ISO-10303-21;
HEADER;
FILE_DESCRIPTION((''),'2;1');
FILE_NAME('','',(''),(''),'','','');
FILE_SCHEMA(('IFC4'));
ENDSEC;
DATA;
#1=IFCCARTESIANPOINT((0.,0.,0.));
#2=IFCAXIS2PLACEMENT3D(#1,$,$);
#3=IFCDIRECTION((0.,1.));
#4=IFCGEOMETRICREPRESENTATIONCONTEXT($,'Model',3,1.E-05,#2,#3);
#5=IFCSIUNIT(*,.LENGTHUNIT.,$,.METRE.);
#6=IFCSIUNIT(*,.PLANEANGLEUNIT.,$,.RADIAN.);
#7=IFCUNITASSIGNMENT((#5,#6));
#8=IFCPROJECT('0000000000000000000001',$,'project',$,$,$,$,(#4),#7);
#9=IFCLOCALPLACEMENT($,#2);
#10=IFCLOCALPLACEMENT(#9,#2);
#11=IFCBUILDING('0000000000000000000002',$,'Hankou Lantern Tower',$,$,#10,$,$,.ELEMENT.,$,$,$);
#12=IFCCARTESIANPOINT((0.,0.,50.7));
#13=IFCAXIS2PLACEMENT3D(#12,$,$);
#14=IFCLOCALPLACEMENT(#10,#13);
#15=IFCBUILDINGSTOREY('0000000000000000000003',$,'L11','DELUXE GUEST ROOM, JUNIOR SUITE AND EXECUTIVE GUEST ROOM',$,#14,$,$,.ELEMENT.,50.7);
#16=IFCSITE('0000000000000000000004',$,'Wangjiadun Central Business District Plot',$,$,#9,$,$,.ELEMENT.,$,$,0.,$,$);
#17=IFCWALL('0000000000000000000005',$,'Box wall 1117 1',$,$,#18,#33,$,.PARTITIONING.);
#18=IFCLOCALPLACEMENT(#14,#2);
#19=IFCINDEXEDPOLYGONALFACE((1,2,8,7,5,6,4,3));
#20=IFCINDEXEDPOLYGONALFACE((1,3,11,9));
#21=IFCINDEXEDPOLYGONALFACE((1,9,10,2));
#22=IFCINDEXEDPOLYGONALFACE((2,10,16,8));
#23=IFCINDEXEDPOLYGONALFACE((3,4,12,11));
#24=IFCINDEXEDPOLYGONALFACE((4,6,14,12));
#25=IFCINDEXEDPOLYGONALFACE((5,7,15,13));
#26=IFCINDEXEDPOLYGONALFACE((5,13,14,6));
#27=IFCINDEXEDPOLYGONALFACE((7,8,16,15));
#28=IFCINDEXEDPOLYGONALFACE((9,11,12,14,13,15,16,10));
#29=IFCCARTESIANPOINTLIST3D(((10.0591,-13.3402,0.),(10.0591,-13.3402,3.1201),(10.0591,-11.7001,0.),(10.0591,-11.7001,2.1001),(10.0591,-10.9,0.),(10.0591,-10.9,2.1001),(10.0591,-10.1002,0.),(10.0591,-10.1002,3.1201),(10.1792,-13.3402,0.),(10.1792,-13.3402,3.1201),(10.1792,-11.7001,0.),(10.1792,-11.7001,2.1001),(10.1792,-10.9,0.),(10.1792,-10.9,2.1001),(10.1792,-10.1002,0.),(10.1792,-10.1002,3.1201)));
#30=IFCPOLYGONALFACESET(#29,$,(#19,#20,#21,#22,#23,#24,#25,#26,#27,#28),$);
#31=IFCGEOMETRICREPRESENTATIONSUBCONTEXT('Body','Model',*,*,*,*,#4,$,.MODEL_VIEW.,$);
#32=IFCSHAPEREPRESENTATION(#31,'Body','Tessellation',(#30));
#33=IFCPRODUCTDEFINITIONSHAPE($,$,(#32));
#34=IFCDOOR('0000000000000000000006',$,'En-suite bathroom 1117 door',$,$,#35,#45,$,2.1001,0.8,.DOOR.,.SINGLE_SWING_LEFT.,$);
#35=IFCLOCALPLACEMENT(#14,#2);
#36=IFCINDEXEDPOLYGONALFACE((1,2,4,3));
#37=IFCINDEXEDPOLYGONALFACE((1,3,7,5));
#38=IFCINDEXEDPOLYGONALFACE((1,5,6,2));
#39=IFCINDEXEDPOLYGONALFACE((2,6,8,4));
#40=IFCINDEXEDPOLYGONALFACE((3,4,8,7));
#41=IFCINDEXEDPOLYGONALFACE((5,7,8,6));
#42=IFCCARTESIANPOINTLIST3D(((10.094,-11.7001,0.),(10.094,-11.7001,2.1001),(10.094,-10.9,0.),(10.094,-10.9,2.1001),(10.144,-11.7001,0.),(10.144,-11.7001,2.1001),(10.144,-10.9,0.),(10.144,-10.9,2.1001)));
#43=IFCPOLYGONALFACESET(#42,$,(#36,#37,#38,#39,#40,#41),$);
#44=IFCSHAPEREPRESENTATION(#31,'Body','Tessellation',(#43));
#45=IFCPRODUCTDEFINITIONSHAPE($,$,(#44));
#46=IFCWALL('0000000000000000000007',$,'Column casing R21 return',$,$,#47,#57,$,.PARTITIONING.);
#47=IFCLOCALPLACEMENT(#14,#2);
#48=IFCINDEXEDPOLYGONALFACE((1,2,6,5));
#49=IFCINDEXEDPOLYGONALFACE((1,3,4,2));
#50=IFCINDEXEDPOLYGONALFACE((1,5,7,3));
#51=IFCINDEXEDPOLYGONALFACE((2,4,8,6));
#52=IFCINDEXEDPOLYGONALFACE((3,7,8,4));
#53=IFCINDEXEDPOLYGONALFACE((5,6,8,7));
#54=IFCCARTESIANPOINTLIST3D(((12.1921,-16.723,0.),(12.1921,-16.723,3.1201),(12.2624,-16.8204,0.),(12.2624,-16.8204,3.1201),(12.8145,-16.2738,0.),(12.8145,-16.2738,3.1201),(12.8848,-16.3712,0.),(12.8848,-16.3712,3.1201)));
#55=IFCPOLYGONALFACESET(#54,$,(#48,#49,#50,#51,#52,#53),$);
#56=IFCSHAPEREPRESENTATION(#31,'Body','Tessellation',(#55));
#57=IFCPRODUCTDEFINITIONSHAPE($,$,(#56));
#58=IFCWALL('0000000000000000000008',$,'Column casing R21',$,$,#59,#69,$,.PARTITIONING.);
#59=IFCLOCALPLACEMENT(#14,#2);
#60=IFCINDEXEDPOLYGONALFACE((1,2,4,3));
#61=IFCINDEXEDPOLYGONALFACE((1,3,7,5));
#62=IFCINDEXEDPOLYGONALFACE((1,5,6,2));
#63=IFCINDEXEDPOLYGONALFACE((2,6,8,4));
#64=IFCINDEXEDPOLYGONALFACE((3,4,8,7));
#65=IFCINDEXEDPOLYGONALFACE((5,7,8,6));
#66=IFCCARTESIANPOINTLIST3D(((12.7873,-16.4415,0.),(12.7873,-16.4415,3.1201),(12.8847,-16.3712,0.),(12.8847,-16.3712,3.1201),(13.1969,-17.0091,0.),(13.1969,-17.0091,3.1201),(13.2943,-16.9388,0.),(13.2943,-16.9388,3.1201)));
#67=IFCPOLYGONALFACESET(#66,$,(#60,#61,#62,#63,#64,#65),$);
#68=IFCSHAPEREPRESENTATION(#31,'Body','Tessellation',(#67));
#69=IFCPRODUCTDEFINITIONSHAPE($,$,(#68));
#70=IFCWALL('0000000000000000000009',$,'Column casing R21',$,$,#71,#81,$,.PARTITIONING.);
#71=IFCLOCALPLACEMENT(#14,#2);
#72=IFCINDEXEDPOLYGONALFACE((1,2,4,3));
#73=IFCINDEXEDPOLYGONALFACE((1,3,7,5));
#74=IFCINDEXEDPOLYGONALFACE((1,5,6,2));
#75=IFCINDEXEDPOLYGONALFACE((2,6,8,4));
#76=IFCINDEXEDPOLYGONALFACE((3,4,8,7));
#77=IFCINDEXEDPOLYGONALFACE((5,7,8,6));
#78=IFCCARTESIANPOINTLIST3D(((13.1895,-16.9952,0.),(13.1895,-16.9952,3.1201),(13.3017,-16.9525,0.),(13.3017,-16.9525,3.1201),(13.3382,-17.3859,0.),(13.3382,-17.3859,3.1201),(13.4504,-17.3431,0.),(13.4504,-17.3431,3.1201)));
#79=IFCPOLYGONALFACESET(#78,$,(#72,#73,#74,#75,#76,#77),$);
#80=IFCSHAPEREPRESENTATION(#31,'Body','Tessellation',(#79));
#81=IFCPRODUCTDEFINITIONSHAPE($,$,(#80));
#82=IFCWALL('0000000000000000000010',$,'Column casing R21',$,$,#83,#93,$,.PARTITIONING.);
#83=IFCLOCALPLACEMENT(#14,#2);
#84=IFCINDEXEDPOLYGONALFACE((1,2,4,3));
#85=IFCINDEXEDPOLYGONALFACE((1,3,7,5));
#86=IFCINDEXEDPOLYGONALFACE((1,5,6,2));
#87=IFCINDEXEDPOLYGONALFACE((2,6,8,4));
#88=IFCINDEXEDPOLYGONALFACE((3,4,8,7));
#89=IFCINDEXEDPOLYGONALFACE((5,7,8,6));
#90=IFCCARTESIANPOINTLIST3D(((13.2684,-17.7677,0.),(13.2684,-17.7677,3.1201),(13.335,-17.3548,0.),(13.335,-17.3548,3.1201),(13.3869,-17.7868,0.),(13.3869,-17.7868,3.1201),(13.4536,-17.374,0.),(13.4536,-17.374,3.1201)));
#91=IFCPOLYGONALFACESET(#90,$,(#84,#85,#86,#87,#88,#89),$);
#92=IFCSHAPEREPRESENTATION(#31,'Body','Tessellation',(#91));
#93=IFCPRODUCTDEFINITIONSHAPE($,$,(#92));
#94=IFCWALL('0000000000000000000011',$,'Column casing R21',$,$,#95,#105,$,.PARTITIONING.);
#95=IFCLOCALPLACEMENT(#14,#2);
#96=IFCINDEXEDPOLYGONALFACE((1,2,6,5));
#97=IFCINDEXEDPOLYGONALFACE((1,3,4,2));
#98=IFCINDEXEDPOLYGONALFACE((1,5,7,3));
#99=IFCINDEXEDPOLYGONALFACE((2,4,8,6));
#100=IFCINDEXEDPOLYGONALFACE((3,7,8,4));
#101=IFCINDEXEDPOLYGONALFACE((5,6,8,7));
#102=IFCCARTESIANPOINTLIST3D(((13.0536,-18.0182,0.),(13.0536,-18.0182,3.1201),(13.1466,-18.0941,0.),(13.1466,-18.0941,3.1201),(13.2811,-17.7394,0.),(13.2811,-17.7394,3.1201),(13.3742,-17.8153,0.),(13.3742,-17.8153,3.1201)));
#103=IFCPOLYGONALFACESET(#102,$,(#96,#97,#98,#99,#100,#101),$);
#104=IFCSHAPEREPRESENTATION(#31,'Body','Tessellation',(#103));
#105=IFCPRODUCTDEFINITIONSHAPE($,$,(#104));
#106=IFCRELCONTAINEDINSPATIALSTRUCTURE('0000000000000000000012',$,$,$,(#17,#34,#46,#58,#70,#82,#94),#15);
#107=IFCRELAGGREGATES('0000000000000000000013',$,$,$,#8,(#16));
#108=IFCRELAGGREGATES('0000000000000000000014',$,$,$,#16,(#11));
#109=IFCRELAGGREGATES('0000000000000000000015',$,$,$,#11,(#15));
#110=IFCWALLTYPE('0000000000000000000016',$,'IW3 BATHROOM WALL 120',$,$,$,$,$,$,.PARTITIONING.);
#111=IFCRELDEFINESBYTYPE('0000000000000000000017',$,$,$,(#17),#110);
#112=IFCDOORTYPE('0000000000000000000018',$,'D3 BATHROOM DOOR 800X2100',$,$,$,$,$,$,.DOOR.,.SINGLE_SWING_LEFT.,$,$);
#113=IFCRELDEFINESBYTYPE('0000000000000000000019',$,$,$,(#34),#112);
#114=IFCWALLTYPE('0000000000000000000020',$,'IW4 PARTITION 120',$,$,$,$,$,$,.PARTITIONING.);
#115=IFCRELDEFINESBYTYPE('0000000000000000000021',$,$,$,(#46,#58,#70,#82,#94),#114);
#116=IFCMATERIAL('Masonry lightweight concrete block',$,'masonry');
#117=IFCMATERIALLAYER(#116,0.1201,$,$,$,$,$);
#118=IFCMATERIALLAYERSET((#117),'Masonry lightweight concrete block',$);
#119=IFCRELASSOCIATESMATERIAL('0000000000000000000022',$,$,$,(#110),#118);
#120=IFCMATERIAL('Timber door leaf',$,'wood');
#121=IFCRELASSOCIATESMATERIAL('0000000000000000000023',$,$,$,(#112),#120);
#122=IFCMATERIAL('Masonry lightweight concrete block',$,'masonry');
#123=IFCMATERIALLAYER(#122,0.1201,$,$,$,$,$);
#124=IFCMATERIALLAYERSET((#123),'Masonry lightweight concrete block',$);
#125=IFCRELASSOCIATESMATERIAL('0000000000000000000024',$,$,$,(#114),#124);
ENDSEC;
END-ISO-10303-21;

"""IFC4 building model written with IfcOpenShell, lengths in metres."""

from ifc_helpers import new_model, si_unit, direction, frame, frame_2d, origin, place, context, subcontext, project, spatial, rectangle, extrude, material, layer, layer_set, type_object, element, fill, save


model = new_model("IFC4")

# Units and contexts
model_context = context("Model", 3, precision=1e-05, world=origin(), true_north=direction((0.0, 1.0)))
body_context = subcontext(model_context, "Body", "Model", "MODEL_VIEW")
ifc_project = project(units=[si_unit("LENGTHUNIT", "METRE"), si_unit("PLANEANGLEUNIT", "RADIAN")], contexts=[model_context])

# Site, building, storey
site_placement = place(None, origin())
site = spatial("IfcSite", under=ifc_project, at=site_placement, Name="Wangjiadun Central Business District Plot", CompositionType="ELEMENT", RefElevation=0.0)
building_placement = place(site_placement, origin())
building = spatial("IfcBuilding", under=site, at=building_placement, Name="Hankou Lantern Tower", CompositionType="ELEMENT")
storey_placement = place(building_placement, frame((0.0, 0.0, 50.7)))
storey = spatial("IfcBuildingStorey", under=building, at=storey_placement, Name="L11", Description="DELUXE GUEST ROOM, JUNIOR SUITE AND EXECUTIVE GUEST ROOM", CompositionType="ELEMENT", Elevation=50.7)

# Shared definitions
ifc_material_1 = material(Name="Masonry lightweight concrete block", Category="masonry")
ifc_layer_1 = layer(ifc_material_1, 0.1201)
ifc_layer_set_1 = layer_set([ifc_layer_1], Name="Masonry lightweight concrete block")
wall_type_1 = type_object("IfcWallType", Name="IW3 BATHROOM WALL 120", PredefinedType="PARTITIONING", material=ifc_layer_set_1)

# Wall, opening, door
wall_1_placement = place(storey_placement, frame((10.1191, -10.1001, 0.0), z_axis=(0.0, 0.0, 1.0), x_axis=(0.0, -1.0, 0.0)))
wall_1 = element("IfcWall", 1, at=wall_1_placement, inside=storey, type_object=wall_type_1, Name="Box wall 1117 1", PredefinedType="PARTITIONING", context=body_context, shape_type="SweptSolid", body=[
    extrude(rectangle(XDim=3.24, YDim=0.1201, at=frame_2d((1.6201, 0.0))), origin(), (0.0, 0.0, 1.0), 3.1201),
])
opening_1_placement = place(wall_1_placement, frame((0.8, 0.0, 0.0)))
opening_1 = element("IfcOpeningElement", 2, at=opening_1_placement, cuts=wall_1, PredefinedType="OPENING", context=body_context, shape_type="SweptSolid", body=[
    extrude(rectangle(XDim=0.8, YDim=2.1001, at=frame_2d((0.3999, 1.05))), frame((0.0, 0.0701, 0.0), z_axis=(0.0, -1.0, 0.0), x_axis=(1.0, 0.0, 0.0)), (0.0, 0.0, 1.0), 0.1401),
])
ifc_material_2 = material(Name="Timber door leaf", Category="wood")
door_type_1 = type_object("IfcDoorType", Name="D3 BATHROOM DOOR 800X2100", OperationType="SINGLE_SWING_LEFT", PredefinedType="DOOR", material=ifc_material_2)
door_1_placement = place(opening_1_placement, origin())
door_1 = element("IfcDoor", 3, at=door_1_placement, inside=storey, type_object=door_type_1, Name="En-suite bathroom 1117 door", OperationType="SINGLE_SWING_LEFT", OverallHeight=2.1001, OverallWidth=0.8, PredefinedType="DOOR", context=body_context, shape_type="SweptSolid", body=[
    extrude(rectangle(XDim=0.8, YDim=2.1001, at=frame_2d((0.3999, 1.05))), frame((0.0, 0.0249, 0.0), z_axis=(0.0, -1.0, 0.0), x_axis=(1.0, 0.0, 0.0)), (0.0, 0.0, 1.0), 0.05),
])
fill(opening_1, door_1)

# Walls
ifc_material_3 = material(Name="Masonry lightweight concrete block", Category="masonry")
ifc_layer_2 = layer(ifc_material_3, 0.1201)
ifc_layer_set_2 = layer_set([ifc_layer_2], Name="Masonry lightweight concrete block")
wall_type_2 = type_object("IfcWallType", Name="IW4 PARTITION 120", PredefinedType="PARTITIONING", material=ifc_layer_set_2)
wall_2_placement = place(storey_placement, frame((12.2273, -16.7717, 0.0), z_axis=(0.0, 0.0, 1.0), x_axis=(0.810822, 0.585293, 0.0)))
element("IfcWall", 4, at=wall_2_placement, inside=storey, type_object=wall_type_2, Name="Column casing R21 return", PredefinedType="PARTITIONING", context=body_context, shape_type="SweptSolid", body=[
    extrude(rectangle(XDim=0.7676, YDim=0.1201, at=frame_2d((0.3838, 0.0))), origin(), (0.0, 0.0, 1.0), 3.1201),
])
wall_3_placement = place(storey_placement, frame((12.8359, -16.4062, 0.0), z_axis=(0.0, 0.0, 1.0), x_axis=(0.585223, -0.810872, 0.0)))
element("IfcWall", 5, at=wall_3_placement, inside=storey, type_object=wall_type_2, Name="Column casing R21", PredefinedType="PARTITIONING", context=body_context, shape_type="SweptSolid", body=[
    extrude(rectangle(XDim=0.7, YDim=0.1201, at=frame_2d((0.3501, 0.0))), origin(), (0.0, 0.0, 1.0), 3.1201),
])
wall_4_placement = place(storey_placement, frame((13.2456, -16.9739, 0.0), z_axis=(0.0, 0.0, 1.0), x_axis=(0.355728, -0.934589, 0.0)))
element("IfcWall", 6, at=wall_4_placement, inside=storey, type_object=wall_type_2, Name="Column casing R21", PredefinedType="PARTITIONING", context=body_context, shape_type="SweptSolid", body=[
    extrude(rectangle(XDim=0.418, YDim=0.1201, at=frame_2d((0.209, 0.0))), origin(), (0.0, 0.0, 1.0), 3.1201),
])
wall_5_placement = place(storey_placement, frame((13.3943, -17.3645, 0.0), z_axis=(0.0, 0.0, 1.0), x_axis=(-0.159379, -0.987217, 0.0)))
element("IfcWall", 7, at=wall_5_placement, inside=storey, type_object=wall_type_2, Name="Column casing R21", PredefinedType="PARTITIONING", context=body_context, shape_type="SweptSolid", body=[
    extrude(rectangle(XDim=0.4182, YDim=0.1201, at=frame_2d((0.209, 0.0))), origin(), (0.0, 0.0, 1.0), 3.1201),
])
wall_6_placement = place(storey_placement, frame((13.3276, -17.7773, 0.0), z_axis=(0.0, 0.0, 1.0), x_axis=(-0.632277, -0.774743, 0.0)))
element("IfcWall", 8, at=wall_6_placement, inside=storey, type_object=wall_type_2, Name="Column casing R21", PredefinedType="PARTITIONING", context=body_context, shape_type="SweptSolid", body=[
    extrude(rectangle(XDim=0.3599, YDim=0.1201, at=frame_2d((0.1799, 0.0))), origin(), (0.0, 0.0, 1.0), 3.1201),
])

save(model, "model.ifc")
